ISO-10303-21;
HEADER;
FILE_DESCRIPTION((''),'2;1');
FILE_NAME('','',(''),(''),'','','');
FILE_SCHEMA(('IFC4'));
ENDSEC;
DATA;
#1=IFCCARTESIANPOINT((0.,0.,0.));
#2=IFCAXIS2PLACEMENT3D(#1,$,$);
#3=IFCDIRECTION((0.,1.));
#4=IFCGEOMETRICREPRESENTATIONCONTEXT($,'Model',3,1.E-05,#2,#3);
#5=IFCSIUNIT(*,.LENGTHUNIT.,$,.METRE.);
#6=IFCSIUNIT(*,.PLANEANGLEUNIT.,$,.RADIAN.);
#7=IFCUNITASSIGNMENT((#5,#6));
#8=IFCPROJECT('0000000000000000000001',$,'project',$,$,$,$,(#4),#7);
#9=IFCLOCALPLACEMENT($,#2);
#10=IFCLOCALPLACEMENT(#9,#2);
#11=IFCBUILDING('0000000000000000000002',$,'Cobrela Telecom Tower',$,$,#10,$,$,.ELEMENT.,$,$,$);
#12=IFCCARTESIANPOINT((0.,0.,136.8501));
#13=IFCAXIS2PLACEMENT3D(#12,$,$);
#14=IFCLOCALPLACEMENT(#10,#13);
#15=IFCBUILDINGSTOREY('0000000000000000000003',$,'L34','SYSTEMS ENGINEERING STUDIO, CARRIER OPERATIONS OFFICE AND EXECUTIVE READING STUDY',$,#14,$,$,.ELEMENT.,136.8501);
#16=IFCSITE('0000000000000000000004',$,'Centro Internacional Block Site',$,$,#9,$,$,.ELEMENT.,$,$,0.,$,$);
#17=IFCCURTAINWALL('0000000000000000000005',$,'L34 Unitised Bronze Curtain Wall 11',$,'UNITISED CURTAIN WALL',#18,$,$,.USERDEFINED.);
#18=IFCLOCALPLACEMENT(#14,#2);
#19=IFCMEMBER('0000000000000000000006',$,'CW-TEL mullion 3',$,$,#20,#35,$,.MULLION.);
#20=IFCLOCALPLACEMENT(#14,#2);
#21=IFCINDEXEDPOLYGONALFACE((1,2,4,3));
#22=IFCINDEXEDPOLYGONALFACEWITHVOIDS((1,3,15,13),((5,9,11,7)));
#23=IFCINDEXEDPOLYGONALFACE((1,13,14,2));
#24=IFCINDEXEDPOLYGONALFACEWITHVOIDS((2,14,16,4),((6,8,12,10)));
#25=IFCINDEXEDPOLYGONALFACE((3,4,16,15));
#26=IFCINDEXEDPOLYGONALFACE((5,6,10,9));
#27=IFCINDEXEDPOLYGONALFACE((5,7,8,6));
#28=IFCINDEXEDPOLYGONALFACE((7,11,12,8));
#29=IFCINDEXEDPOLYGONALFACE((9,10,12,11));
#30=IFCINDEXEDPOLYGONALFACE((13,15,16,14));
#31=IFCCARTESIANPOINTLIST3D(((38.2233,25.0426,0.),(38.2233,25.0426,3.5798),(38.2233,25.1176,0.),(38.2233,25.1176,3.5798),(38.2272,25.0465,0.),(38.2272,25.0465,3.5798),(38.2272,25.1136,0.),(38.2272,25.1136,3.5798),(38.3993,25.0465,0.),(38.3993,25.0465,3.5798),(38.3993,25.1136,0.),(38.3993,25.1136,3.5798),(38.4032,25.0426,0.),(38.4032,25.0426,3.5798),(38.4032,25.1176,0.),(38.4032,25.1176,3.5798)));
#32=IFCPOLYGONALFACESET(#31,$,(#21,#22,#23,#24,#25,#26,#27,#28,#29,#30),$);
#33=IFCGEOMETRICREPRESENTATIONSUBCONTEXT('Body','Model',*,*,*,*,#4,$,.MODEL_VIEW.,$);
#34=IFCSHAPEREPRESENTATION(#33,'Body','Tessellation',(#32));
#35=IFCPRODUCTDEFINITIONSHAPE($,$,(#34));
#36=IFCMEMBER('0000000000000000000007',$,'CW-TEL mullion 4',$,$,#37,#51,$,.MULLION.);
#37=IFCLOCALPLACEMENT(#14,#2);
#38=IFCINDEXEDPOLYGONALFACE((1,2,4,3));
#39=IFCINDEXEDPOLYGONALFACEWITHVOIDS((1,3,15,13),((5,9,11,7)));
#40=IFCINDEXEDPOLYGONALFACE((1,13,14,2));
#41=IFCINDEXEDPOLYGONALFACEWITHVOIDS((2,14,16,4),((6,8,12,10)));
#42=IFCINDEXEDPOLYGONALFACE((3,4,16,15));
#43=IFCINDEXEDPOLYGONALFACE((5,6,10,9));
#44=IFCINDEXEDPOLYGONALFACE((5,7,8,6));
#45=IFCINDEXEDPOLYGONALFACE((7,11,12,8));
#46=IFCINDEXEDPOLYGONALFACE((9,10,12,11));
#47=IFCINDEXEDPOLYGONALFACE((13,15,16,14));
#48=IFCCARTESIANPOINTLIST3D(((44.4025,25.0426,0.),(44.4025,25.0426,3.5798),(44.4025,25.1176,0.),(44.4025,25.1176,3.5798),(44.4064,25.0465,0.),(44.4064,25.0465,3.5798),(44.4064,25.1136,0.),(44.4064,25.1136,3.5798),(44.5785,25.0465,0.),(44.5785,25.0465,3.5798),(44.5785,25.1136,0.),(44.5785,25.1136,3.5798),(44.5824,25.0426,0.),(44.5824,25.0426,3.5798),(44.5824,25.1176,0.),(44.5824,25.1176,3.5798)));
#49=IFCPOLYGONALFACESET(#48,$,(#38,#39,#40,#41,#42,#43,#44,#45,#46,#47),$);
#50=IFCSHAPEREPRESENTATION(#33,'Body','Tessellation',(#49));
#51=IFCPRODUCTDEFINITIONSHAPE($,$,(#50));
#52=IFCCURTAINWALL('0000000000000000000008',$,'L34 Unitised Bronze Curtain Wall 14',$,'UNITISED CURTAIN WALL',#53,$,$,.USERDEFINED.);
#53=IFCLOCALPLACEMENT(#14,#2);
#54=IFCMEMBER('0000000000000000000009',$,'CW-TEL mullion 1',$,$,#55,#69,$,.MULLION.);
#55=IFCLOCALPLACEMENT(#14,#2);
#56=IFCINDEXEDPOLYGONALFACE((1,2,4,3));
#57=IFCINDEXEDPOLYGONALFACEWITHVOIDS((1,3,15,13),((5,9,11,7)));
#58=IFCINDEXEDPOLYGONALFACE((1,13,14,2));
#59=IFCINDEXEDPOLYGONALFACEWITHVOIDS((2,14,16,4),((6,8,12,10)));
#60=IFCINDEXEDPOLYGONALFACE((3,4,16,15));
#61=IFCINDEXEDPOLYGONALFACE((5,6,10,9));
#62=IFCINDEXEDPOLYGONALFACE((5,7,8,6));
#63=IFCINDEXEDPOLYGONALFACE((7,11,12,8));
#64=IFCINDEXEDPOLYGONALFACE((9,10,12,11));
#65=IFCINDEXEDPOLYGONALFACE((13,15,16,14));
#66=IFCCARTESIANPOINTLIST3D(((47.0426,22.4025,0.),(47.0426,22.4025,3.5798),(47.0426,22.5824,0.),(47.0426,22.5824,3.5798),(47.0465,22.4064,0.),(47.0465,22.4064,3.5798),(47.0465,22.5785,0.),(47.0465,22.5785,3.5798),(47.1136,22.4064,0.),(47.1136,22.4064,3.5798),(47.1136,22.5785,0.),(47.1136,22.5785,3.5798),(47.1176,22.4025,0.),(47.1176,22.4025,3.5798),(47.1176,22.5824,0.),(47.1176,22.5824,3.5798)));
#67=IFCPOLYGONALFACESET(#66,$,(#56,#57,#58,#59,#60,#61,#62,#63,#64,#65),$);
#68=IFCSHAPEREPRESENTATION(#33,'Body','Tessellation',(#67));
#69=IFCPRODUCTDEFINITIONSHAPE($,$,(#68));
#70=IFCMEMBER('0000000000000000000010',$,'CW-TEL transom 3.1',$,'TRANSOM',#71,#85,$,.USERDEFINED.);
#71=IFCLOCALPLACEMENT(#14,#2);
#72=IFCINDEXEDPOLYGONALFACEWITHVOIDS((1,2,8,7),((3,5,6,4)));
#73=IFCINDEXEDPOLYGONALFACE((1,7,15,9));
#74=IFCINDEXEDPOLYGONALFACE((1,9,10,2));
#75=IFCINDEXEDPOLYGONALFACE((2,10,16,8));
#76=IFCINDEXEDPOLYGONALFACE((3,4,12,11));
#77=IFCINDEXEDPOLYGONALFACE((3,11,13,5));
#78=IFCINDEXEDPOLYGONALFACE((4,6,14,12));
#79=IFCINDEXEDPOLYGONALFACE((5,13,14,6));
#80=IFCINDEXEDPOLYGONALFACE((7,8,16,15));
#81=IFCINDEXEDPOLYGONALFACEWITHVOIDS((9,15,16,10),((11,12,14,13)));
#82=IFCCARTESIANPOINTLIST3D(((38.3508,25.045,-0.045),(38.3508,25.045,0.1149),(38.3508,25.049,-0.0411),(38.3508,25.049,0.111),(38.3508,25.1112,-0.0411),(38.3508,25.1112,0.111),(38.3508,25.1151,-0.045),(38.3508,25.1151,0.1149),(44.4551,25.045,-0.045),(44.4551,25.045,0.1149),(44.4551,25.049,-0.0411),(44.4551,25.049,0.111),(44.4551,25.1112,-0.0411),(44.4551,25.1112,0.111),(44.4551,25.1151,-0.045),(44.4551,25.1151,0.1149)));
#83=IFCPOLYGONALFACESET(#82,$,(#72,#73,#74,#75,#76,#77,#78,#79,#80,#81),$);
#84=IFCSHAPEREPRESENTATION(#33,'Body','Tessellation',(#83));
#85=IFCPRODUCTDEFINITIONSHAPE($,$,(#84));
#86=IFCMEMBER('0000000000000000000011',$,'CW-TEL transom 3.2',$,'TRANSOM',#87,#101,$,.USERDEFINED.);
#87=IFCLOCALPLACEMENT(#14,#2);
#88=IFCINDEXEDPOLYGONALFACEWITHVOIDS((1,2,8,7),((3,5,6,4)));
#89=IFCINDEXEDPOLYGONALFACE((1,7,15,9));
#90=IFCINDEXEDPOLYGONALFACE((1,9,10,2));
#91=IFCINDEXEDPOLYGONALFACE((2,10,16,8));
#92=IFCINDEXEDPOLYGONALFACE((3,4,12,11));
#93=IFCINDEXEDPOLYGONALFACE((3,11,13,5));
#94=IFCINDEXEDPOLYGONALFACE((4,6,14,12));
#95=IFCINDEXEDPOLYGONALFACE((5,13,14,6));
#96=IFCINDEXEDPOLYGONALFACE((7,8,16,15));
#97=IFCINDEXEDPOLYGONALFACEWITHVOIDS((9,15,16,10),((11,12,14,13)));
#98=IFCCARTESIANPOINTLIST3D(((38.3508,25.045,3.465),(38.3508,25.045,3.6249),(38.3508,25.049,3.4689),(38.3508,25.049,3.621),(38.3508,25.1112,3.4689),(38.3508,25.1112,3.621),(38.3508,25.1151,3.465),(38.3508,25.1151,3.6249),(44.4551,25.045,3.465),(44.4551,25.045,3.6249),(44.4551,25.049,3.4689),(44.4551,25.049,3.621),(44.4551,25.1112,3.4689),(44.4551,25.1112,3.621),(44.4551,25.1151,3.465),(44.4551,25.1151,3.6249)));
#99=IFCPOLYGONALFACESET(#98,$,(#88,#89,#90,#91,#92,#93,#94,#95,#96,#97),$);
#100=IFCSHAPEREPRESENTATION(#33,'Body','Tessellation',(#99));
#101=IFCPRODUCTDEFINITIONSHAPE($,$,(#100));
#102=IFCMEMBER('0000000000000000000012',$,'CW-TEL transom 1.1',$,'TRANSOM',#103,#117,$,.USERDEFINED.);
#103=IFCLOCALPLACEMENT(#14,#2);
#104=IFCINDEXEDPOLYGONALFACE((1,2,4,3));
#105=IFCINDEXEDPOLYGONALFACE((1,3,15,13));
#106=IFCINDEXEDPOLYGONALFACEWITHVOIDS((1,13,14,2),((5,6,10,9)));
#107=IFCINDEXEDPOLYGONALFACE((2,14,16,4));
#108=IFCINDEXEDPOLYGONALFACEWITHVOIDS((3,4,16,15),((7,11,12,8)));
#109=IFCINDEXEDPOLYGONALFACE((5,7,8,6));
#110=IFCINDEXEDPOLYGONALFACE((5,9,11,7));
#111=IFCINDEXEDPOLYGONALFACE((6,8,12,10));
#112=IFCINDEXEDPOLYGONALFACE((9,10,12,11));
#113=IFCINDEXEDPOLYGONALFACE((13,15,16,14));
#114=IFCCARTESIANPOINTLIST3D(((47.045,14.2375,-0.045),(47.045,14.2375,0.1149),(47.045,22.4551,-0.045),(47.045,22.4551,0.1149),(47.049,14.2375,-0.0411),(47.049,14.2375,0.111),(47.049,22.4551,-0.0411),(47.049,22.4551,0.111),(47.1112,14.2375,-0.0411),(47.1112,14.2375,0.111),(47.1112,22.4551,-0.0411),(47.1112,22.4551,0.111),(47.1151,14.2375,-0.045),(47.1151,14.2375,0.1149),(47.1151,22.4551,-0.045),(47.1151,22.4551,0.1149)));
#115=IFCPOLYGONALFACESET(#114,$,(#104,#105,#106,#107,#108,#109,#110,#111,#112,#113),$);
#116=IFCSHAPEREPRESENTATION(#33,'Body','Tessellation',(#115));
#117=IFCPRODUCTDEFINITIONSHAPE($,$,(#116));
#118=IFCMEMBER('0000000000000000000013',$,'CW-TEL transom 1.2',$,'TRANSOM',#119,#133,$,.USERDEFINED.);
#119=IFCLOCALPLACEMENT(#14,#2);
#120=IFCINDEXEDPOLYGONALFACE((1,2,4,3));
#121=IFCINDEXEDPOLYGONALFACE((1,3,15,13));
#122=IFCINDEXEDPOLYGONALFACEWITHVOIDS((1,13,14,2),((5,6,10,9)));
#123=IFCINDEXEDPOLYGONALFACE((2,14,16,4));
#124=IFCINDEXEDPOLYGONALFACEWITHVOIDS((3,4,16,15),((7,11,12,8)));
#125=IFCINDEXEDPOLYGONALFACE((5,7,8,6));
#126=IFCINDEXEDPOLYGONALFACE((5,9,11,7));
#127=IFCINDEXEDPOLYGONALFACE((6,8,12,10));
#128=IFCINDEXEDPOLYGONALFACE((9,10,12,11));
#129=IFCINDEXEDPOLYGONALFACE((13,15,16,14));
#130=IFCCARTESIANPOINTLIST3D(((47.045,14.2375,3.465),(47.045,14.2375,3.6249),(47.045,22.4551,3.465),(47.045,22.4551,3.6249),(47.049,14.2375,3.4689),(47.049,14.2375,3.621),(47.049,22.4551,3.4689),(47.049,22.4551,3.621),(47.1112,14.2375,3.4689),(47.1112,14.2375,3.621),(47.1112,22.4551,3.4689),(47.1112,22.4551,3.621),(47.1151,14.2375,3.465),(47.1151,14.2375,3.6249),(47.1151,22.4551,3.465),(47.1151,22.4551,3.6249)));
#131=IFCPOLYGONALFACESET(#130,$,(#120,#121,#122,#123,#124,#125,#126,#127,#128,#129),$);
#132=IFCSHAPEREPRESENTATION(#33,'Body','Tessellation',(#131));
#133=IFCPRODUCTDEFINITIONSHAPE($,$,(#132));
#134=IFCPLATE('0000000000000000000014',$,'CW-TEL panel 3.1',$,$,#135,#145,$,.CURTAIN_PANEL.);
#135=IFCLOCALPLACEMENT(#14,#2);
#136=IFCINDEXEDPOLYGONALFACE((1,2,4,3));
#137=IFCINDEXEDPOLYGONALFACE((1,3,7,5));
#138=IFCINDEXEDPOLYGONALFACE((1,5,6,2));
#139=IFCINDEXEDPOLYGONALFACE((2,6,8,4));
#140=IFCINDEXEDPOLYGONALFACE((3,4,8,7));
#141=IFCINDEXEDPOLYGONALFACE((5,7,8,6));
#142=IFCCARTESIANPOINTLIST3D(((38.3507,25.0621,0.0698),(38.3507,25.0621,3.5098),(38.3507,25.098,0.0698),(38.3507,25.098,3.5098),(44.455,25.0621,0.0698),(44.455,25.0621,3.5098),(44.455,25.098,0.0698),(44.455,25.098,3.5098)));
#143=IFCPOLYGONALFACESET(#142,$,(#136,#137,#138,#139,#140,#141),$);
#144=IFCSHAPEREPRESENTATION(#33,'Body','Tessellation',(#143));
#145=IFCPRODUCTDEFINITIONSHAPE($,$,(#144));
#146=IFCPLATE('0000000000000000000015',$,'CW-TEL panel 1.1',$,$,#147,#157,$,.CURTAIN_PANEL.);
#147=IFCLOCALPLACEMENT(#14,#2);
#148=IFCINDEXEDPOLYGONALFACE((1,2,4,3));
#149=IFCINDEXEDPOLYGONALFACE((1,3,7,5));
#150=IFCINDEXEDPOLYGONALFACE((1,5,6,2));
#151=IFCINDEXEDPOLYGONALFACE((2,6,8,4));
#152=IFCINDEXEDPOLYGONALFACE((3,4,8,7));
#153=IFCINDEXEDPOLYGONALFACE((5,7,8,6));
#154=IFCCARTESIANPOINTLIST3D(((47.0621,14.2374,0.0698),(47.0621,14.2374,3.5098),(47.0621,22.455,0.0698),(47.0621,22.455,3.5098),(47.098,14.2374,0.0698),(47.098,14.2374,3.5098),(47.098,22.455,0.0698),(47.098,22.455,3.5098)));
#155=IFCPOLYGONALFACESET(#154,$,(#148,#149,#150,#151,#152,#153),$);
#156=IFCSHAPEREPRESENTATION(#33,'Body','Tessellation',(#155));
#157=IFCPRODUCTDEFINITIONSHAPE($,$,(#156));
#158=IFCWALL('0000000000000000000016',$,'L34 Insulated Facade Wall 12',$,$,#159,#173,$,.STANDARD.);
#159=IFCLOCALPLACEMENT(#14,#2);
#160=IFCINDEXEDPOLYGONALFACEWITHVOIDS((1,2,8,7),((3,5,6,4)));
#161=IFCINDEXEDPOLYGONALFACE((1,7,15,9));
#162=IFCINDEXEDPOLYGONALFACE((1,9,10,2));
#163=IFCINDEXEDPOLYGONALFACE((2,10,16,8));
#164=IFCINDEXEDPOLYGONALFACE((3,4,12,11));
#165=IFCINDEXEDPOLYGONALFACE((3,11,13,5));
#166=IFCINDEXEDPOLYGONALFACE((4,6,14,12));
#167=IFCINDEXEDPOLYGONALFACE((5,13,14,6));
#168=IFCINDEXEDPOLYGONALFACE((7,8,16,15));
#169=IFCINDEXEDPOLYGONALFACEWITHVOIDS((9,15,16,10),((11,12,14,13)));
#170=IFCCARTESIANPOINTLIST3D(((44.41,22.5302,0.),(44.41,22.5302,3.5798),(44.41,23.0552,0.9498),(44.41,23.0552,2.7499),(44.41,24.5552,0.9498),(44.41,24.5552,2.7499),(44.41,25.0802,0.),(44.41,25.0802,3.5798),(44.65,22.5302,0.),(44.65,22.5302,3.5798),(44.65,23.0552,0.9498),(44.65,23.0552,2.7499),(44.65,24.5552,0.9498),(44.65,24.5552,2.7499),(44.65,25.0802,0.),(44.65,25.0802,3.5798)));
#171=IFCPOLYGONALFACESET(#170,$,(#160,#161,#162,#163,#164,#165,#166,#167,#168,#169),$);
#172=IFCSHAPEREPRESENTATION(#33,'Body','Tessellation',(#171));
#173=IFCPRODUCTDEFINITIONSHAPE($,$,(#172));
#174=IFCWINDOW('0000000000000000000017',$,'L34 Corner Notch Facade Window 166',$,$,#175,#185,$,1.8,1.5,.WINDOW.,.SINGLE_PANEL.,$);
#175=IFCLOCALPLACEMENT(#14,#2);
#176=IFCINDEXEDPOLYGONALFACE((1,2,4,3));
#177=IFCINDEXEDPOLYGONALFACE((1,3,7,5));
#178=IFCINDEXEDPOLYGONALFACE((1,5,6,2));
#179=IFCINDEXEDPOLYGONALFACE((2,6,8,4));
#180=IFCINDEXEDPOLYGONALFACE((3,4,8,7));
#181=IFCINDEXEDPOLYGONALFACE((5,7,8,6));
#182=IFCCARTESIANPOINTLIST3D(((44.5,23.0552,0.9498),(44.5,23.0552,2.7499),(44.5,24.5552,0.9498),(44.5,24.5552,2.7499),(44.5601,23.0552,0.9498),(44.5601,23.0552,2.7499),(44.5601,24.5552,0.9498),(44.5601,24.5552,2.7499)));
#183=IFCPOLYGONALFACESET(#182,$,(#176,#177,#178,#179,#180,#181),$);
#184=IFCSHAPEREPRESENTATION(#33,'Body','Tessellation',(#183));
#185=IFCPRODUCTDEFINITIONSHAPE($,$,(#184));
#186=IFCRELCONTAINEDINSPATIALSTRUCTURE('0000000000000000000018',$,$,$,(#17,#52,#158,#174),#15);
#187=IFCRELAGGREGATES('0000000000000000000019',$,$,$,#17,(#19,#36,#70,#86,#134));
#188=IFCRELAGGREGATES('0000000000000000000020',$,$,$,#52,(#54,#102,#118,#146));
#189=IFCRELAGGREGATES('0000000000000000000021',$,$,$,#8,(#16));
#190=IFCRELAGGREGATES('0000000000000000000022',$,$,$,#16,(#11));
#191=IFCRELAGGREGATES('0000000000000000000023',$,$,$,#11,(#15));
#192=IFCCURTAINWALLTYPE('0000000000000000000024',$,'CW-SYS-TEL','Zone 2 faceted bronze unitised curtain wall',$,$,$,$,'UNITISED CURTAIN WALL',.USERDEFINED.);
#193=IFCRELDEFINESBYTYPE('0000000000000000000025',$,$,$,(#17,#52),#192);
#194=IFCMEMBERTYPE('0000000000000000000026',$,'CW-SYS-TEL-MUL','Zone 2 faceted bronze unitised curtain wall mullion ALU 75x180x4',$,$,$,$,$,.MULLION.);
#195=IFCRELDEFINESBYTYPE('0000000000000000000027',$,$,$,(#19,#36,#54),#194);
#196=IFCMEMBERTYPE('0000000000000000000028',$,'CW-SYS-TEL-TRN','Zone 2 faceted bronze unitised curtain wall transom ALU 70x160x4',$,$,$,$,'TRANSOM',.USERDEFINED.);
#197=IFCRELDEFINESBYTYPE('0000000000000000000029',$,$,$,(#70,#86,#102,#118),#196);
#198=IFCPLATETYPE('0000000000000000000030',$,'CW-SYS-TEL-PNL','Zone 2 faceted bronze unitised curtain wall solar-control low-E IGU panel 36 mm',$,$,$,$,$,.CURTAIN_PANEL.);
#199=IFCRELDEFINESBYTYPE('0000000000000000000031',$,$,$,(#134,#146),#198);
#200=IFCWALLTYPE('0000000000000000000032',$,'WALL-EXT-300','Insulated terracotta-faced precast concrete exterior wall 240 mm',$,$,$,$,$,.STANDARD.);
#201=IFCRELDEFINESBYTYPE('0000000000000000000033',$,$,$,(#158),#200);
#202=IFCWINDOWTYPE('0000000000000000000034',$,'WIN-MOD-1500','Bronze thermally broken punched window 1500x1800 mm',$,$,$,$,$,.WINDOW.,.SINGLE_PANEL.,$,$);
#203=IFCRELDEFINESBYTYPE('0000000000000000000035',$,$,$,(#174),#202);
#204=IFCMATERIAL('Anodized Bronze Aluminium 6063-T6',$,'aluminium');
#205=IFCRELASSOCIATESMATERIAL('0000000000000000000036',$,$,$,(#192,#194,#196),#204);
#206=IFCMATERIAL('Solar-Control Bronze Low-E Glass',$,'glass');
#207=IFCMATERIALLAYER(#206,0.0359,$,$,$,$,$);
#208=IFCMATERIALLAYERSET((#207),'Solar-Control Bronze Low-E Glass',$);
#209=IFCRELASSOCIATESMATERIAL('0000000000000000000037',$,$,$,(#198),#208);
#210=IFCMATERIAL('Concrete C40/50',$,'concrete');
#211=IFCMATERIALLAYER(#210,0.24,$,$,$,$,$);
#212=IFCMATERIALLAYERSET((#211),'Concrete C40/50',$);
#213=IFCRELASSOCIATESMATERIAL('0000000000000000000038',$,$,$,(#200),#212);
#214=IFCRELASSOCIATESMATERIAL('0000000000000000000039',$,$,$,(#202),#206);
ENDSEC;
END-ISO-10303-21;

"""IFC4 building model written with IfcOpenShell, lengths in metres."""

from ifc_helpers import new_model, si_unit, direction, frame, frame_2d, origin, origin_2d, place, context, subcontext, project, spatial, rectangle, hollow_rectangle, extrude, material, layer, layer_set, material_profile, profile_set, type_object, element, fill, aggregate, save


model = new_model("IFC4")

# Units and contexts
model_context = context("Model", 3, precision=1e-05, world=origin(), true_north=direction((0.0, 1.0)))
body_context = subcontext(model_context, "Body", "Model", "MODEL_VIEW")
ifc_project = project(units=[si_unit("LENGTHUNIT", "METRE"), si_unit("PLANEANGLEUNIT", "RADIAN")], contexts=[model_context])

# Site, building, storey
site_placement = place(None, origin())
site = spatial("IfcSite", under=ifc_project, at=site_placement, Name="Centro Internacional Block Site", CompositionType="ELEMENT", RefElevation=0.0)
building_placement = place(site_placement, origin())
building = spatial("IfcBuilding", under=site, at=building_placement, Name="Cobrela Telecom Tower", CompositionType="ELEMENT")
storey_placement = place(building_placement, frame((0.0, 0.0, 136.8501)))
storey = spatial("IfcBuildingStorey", under=building, at=storey_placement, Name="L34", Description="SYSTEMS ENGINEERING STUDIO, CARRIER OPERATIONS OFFICE AND EXECUTIVE READING STUDY", CompositionType="ELEMENT", Elevation=136.8501)

# Curtain wall, members
ifc_material_1 = material(Name="Anodized Bronze Aluminium 6063-T6", Category="aluminium")
curtain_wall_type = type_object("IfcCurtainWallType", Name="CW-SYS-TEL", Description="Zone 2 faceted bronze unitised curtain wall", ElementType="UNITISED CURTAIN WALL", PredefinedType="USERDEFINED", material=ifc_material_1)
curtain_wall_1_placement = place(storey_placement, origin())
curtain_wall_1 = element("IfcCurtainWall", 1, at=curtain_wall_1_placement, inside=storey, type_object=curtain_wall_type, Name="L34 Unitised Bronze Curtain Wall 11", ObjectType="UNITISED CURTAIN WALL", PredefinedType="USERDEFINED")
ifc_material_profile_1 = material_profile(ifc_material_1, hollow_rectangle(XDim=0.075, YDim=0.1799, WallThickness=0.0039, at=origin_2d()), Name="ALU 75x180x4")
ifc_profile_set_1 = profile_set([ifc_material_profile_1], Name="Anodized Bronze Aluminium 6063-T6")
member_type_1 = type_object("IfcMemberType", Name="CW-SYS-TEL-MUL", Description="Zone 2 faceted bronze unitised curtain wall mullion ALU 75x180x4", PredefinedType="MULLION", material=ifc_profile_set_1)
member_1_placement = place(storey_placement, frame((38.3132, 25.0801, 0.0), z_axis=(0.0, 0.0, 1.0), x_axis=(0.0, 1.0, 0.0)))
member_1 = element("IfcMember", 2, at=member_1_placement, type_object=member_type_1, Name="CW-TEL mullion 3", PredefinedType="MULLION", context=body_context, shape_type="SweptSolid", body=[
    extrude(hollow_rectangle(XDim=0.075, YDim=0.1799, WallThickness=0.0039, at=origin_2d()), origin(), (0.0, 0.0, 1.0), 3.5798),
])
member_2_placement = place(storey_placement, frame((44.4924, 25.0801, 0.0), z_axis=(0.0, 0.0, 1.0), x_axis=(0.0, 1.0, 0.0)))
member_2 = element("IfcMember", 3, at=member_2_placement, type_object=member_type_1, Name="CW-TEL mullion 4", PredefinedType="MULLION", context=body_context, shape_type="SweptSolid", body=[
    extrude(hollow_rectangle(XDim=0.075, YDim=0.1799, WallThickness=0.0039, at=origin_2d()), origin(), (0.0, 0.0, 1.0), 3.5798),
])

# Curtain wall, member
curtain_wall_2_placement = place(storey_placement, origin())
curtain_wall_2 = element("IfcCurtainWall", 4, at=curtain_wall_2_placement, inside=storey, type_object=curtain_wall_type, Name="L34 Unitised Bronze Curtain Wall 14", ObjectType="UNITISED CURTAIN WALL", PredefinedType="USERDEFINED")
member_3_placement = place(storey_placement, frame((47.0801, 22.4924, 0.0), z_axis=(0.0, 0.0, 1.0), x_axis=(1.0, 0.0, 0.0)))
member_3 = element("IfcMember", 5, at=member_3_placement, type_object=member_type_1, Name="CW-TEL mullion 1", PredefinedType="MULLION", context=body_context, shape_type="SweptSolid", body=[
    extrude(hollow_rectangle(XDim=0.075, YDim=0.1799, WallThickness=0.0039, at=origin_2d()), origin(), (0.0, 0.0, 1.0), 3.5798),
])

# Members
ifc_material_profile_2 = material_profile(ifc_material_1, hollow_rectangle(XDim=0.0701, YDim=0.1599, WallThickness=0.0039, at=origin_2d()), Name="ALU 70x160x4")
ifc_profile_set_2 = profile_set([ifc_material_profile_2], Name="Anodized Bronze Aluminium 6063-T6")
member_type_2 = type_object("IfcMemberType", Name="CW-SYS-TEL-TRN", Description="Zone 2 faceted bronze unitised curtain wall transom ALU 70x160x4", ElementType="TRANSOM", PredefinedType="USERDEFINED", material=ifc_profile_set_2)
member_4_placement = place(storey_placement, frame((38.3508, 25.0801, 0.0349), z_axis=(1.0, 0.0, 0.0), x_axis=(0.0, 1.0, 0.0)))
member_4 = element("IfcMember", 6, at=member_4_placement, type_object=member_type_2, Name="CW-TEL transom 3.1", ObjectType="TRANSOM", PredefinedType="USERDEFINED", context=body_context, shape_type="SweptSolid", body=[
    extrude(hollow_rectangle(XDim=0.0701, YDim=0.1599, WallThickness=0.0039, at=origin_2d()), origin(), (0.0, 0.0, 1.0), 6.1042),
])
member_5_placement = place(storey_placement, frame((38.3508, 25.0801, 3.5449), z_axis=(1.0, 0.0, 0.0), x_axis=(0.0, 1.0, 0.0)))
member_5 = element("IfcMember", 7, at=member_5_placement, type_object=member_type_2, Name="CW-TEL transom 3.2", ObjectType="TRANSOM", PredefinedType="USERDEFINED", context=body_context, shape_type="SweptSolid", body=[
    extrude(hollow_rectangle(XDim=0.0701, YDim=0.1599, WallThickness=0.0039, at=origin_2d()), origin(), (0.0, 0.0, 1.0), 6.1042),
])
member_6_placement = place(storey_placement, frame((47.0801, 22.4551, 0.0349), z_axis=(0.0, -1.0, 0.0), x_axis=(1.0, 0.0, 0.0)))
member_6 = element("IfcMember", 8, at=member_6_placement, type_object=member_type_2, Name="CW-TEL transom 1.1", ObjectType="TRANSOM", PredefinedType="USERDEFINED", context=body_context, shape_type="SweptSolid", body=[
    extrude(hollow_rectangle(XDim=0.0701, YDim=0.1599, WallThickness=0.0039, at=origin_2d()), origin(), (0.0, 0.0, 1.0), 8.2175),
])
member_7_placement = place(storey_placement, frame((47.0801, 22.4551, 3.5449), z_axis=(0.0, -1.0, 0.0), x_axis=(1.0, 0.0, 0.0)))
member_7 = element("IfcMember", 9, at=member_7_placement, type_object=member_type_2, Name="CW-TEL transom 1.2", ObjectType="TRANSOM", PredefinedType="USERDEFINED", context=body_context, shape_type="SweptSolid", body=[
    extrude(hollow_rectangle(XDim=0.0701, YDim=0.1599, WallThickness=0.0039, at=origin_2d()), origin(), (0.0, 0.0, 1.0), 8.2175),
])

# Plates
ifc_material_2 = material(Name="Solar-Control Bronze Low-E Glass", Category="glass")
ifc_layer_1 = layer(ifc_material_2, 0.0359)
ifc_layer_set_1 = layer_set([ifc_layer_1], Name="Solar-Control Bronze Low-E Glass")
plate_type = type_object("IfcPlateType", Name="CW-SYS-TEL-PNL", Description="Zone 2 faceted bronze unitised curtain wall solar-control low-E IGU panel 36 mm", PredefinedType="CURTAIN_PANEL", material=ifc_layer_set_1)
plate_1_placement = place(storey_placement, frame((41.4028, 25.0801, 0.0698), z_axis=(0.0, 0.0, 1.0), x_axis=(1.0, 0.0, 0.0)))
plate_1 = element("IfcPlate", 10, at=plate_1_placement, type_object=plate_type, Name="CW-TEL panel 3.1", PredefinedType="CURTAIN_PANEL", context=body_context, shape_type="SweptSolid", body=[
    extrude(rectangle(XDim=6.1042, YDim=0.0359, at=origin_2d()), origin(), (0.0, 0.0, 1.0), 3.4399),
])
aggregate(curtain_wall_1, [member_1, member_2, member_4, member_5, plate_1])
plate_2_placement = place(storey_placement, frame((47.0801, 18.3462, 0.0698), z_axis=(0.0, 0.0, 1.0), x_axis=(0.0, -1.0, 0.0)))
plate_2 = element("IfcPlate", 11, at=plate_2_placement, type_object=plate_type, Name="CW-TEL panel 1.1", PredefinedType="CURTAIN_PANEL", context=body_context, shape_type="SweptSolid", body=[
    extrude(rectangle(XDim=8.2175, YDim=0.0359, at=origin_2d()), origin(), (0.0, 0.0, 1.0), 3.4399),
])
aggregate(curtain_wall_2, [member_3, member_6, member_7, plate_2])

# Wall, opening, window
ifc_material_3 = material(Name="Concrete C40/50", Category="concrete")
ifc_layer_2 = layer(ifc_material_3, 0.24)
ifc_layer_set_2 = layer_set([ifc_layer_2], Name="Concrete C40/50")
wall_type = type_object("IfcWallType", Name="WALL-EXT-300", Description="Insulated terracotta-faced precast concrete exterior wall 240 mm", PredefinedType="STANDARD", material=ifc_layer_set_2)
wall_1_placement = place(storey_placement, frame((44.53, 25.0801, 0.0), z_axis=(0.0, 0.0, 1.0), x_axis=(0.0, -1.0, 0.0)))
wall_1 = element("IfcWall", 12, at=wall_1_placement, inside=storey, type_object=wall_type, Name="L34 Insulated Facade Wall 12", PredefinedType="STANDARD", context=body_context, shape_type="SweptSolid", body=[
    extrude(rectangle(XDim=2.55, YDim=0.24, at=frame_2d((1.2749, 0.0))), origin(), (0.0, 0.0, 1.0), 3.5798),
])
opening_1_placement = place(wall_1_placement, frame((0.5249, 0.0, 0.95)))
opening_1 = element("IfcOpeningElement", 13, at=opening_1_placement, cuts=wall_1, PredefinedType="OPENING", context=body_context, shape_type="SweptSolid", body=[
    extrude(rectangle(XDim=1.5, YDim=1.8, at=frame_2d((0.75, 0.8999))), frame((0.0, 0.1318, 0.0), z_axis=(0.0, -1.0, 0.0), x_axis=(1.0, 0.0, 0.0)), (0.0, 0.0, 1.0), 0.2639),
])
window_type_1 = type_object("IfcWindowType", Name="WIN-MOD-1500", Description="Bronze thermally broken punched window 1500x1800 mm", PartitioningType="SINGLE_PANEL", PredefinedType="WINDOW", material=ifc_material_2)
window_1_placement = place(opening_1_placement, origin())
window_1 = element("IfcWindow", 14, at=window_1_placement, inside=storey, type_object=window_type_1, Name="L34 Corner Notch Facade Window 166", OverallHeight=1.8, OverallWidth=1.5, PartitioningType="SINGLE_PANEL", PredefinedType="WINDOW", context=body_context, shape_type="SweptSolid", body=[
    extrude(rectangle(XDim=1.5, YDim=1.8, at=frame_2d((0.75, 0.8999))), frame((0.0, 0.03, 0.0), z_axis=(0.0, -1.0, 0.0), x_axis=(1.0, 0.0, 0.0)), (0.0, 0.0, 1.0), 0.0601),
])
fill(opening_1, window_1)

save(model, "model.ifc")
